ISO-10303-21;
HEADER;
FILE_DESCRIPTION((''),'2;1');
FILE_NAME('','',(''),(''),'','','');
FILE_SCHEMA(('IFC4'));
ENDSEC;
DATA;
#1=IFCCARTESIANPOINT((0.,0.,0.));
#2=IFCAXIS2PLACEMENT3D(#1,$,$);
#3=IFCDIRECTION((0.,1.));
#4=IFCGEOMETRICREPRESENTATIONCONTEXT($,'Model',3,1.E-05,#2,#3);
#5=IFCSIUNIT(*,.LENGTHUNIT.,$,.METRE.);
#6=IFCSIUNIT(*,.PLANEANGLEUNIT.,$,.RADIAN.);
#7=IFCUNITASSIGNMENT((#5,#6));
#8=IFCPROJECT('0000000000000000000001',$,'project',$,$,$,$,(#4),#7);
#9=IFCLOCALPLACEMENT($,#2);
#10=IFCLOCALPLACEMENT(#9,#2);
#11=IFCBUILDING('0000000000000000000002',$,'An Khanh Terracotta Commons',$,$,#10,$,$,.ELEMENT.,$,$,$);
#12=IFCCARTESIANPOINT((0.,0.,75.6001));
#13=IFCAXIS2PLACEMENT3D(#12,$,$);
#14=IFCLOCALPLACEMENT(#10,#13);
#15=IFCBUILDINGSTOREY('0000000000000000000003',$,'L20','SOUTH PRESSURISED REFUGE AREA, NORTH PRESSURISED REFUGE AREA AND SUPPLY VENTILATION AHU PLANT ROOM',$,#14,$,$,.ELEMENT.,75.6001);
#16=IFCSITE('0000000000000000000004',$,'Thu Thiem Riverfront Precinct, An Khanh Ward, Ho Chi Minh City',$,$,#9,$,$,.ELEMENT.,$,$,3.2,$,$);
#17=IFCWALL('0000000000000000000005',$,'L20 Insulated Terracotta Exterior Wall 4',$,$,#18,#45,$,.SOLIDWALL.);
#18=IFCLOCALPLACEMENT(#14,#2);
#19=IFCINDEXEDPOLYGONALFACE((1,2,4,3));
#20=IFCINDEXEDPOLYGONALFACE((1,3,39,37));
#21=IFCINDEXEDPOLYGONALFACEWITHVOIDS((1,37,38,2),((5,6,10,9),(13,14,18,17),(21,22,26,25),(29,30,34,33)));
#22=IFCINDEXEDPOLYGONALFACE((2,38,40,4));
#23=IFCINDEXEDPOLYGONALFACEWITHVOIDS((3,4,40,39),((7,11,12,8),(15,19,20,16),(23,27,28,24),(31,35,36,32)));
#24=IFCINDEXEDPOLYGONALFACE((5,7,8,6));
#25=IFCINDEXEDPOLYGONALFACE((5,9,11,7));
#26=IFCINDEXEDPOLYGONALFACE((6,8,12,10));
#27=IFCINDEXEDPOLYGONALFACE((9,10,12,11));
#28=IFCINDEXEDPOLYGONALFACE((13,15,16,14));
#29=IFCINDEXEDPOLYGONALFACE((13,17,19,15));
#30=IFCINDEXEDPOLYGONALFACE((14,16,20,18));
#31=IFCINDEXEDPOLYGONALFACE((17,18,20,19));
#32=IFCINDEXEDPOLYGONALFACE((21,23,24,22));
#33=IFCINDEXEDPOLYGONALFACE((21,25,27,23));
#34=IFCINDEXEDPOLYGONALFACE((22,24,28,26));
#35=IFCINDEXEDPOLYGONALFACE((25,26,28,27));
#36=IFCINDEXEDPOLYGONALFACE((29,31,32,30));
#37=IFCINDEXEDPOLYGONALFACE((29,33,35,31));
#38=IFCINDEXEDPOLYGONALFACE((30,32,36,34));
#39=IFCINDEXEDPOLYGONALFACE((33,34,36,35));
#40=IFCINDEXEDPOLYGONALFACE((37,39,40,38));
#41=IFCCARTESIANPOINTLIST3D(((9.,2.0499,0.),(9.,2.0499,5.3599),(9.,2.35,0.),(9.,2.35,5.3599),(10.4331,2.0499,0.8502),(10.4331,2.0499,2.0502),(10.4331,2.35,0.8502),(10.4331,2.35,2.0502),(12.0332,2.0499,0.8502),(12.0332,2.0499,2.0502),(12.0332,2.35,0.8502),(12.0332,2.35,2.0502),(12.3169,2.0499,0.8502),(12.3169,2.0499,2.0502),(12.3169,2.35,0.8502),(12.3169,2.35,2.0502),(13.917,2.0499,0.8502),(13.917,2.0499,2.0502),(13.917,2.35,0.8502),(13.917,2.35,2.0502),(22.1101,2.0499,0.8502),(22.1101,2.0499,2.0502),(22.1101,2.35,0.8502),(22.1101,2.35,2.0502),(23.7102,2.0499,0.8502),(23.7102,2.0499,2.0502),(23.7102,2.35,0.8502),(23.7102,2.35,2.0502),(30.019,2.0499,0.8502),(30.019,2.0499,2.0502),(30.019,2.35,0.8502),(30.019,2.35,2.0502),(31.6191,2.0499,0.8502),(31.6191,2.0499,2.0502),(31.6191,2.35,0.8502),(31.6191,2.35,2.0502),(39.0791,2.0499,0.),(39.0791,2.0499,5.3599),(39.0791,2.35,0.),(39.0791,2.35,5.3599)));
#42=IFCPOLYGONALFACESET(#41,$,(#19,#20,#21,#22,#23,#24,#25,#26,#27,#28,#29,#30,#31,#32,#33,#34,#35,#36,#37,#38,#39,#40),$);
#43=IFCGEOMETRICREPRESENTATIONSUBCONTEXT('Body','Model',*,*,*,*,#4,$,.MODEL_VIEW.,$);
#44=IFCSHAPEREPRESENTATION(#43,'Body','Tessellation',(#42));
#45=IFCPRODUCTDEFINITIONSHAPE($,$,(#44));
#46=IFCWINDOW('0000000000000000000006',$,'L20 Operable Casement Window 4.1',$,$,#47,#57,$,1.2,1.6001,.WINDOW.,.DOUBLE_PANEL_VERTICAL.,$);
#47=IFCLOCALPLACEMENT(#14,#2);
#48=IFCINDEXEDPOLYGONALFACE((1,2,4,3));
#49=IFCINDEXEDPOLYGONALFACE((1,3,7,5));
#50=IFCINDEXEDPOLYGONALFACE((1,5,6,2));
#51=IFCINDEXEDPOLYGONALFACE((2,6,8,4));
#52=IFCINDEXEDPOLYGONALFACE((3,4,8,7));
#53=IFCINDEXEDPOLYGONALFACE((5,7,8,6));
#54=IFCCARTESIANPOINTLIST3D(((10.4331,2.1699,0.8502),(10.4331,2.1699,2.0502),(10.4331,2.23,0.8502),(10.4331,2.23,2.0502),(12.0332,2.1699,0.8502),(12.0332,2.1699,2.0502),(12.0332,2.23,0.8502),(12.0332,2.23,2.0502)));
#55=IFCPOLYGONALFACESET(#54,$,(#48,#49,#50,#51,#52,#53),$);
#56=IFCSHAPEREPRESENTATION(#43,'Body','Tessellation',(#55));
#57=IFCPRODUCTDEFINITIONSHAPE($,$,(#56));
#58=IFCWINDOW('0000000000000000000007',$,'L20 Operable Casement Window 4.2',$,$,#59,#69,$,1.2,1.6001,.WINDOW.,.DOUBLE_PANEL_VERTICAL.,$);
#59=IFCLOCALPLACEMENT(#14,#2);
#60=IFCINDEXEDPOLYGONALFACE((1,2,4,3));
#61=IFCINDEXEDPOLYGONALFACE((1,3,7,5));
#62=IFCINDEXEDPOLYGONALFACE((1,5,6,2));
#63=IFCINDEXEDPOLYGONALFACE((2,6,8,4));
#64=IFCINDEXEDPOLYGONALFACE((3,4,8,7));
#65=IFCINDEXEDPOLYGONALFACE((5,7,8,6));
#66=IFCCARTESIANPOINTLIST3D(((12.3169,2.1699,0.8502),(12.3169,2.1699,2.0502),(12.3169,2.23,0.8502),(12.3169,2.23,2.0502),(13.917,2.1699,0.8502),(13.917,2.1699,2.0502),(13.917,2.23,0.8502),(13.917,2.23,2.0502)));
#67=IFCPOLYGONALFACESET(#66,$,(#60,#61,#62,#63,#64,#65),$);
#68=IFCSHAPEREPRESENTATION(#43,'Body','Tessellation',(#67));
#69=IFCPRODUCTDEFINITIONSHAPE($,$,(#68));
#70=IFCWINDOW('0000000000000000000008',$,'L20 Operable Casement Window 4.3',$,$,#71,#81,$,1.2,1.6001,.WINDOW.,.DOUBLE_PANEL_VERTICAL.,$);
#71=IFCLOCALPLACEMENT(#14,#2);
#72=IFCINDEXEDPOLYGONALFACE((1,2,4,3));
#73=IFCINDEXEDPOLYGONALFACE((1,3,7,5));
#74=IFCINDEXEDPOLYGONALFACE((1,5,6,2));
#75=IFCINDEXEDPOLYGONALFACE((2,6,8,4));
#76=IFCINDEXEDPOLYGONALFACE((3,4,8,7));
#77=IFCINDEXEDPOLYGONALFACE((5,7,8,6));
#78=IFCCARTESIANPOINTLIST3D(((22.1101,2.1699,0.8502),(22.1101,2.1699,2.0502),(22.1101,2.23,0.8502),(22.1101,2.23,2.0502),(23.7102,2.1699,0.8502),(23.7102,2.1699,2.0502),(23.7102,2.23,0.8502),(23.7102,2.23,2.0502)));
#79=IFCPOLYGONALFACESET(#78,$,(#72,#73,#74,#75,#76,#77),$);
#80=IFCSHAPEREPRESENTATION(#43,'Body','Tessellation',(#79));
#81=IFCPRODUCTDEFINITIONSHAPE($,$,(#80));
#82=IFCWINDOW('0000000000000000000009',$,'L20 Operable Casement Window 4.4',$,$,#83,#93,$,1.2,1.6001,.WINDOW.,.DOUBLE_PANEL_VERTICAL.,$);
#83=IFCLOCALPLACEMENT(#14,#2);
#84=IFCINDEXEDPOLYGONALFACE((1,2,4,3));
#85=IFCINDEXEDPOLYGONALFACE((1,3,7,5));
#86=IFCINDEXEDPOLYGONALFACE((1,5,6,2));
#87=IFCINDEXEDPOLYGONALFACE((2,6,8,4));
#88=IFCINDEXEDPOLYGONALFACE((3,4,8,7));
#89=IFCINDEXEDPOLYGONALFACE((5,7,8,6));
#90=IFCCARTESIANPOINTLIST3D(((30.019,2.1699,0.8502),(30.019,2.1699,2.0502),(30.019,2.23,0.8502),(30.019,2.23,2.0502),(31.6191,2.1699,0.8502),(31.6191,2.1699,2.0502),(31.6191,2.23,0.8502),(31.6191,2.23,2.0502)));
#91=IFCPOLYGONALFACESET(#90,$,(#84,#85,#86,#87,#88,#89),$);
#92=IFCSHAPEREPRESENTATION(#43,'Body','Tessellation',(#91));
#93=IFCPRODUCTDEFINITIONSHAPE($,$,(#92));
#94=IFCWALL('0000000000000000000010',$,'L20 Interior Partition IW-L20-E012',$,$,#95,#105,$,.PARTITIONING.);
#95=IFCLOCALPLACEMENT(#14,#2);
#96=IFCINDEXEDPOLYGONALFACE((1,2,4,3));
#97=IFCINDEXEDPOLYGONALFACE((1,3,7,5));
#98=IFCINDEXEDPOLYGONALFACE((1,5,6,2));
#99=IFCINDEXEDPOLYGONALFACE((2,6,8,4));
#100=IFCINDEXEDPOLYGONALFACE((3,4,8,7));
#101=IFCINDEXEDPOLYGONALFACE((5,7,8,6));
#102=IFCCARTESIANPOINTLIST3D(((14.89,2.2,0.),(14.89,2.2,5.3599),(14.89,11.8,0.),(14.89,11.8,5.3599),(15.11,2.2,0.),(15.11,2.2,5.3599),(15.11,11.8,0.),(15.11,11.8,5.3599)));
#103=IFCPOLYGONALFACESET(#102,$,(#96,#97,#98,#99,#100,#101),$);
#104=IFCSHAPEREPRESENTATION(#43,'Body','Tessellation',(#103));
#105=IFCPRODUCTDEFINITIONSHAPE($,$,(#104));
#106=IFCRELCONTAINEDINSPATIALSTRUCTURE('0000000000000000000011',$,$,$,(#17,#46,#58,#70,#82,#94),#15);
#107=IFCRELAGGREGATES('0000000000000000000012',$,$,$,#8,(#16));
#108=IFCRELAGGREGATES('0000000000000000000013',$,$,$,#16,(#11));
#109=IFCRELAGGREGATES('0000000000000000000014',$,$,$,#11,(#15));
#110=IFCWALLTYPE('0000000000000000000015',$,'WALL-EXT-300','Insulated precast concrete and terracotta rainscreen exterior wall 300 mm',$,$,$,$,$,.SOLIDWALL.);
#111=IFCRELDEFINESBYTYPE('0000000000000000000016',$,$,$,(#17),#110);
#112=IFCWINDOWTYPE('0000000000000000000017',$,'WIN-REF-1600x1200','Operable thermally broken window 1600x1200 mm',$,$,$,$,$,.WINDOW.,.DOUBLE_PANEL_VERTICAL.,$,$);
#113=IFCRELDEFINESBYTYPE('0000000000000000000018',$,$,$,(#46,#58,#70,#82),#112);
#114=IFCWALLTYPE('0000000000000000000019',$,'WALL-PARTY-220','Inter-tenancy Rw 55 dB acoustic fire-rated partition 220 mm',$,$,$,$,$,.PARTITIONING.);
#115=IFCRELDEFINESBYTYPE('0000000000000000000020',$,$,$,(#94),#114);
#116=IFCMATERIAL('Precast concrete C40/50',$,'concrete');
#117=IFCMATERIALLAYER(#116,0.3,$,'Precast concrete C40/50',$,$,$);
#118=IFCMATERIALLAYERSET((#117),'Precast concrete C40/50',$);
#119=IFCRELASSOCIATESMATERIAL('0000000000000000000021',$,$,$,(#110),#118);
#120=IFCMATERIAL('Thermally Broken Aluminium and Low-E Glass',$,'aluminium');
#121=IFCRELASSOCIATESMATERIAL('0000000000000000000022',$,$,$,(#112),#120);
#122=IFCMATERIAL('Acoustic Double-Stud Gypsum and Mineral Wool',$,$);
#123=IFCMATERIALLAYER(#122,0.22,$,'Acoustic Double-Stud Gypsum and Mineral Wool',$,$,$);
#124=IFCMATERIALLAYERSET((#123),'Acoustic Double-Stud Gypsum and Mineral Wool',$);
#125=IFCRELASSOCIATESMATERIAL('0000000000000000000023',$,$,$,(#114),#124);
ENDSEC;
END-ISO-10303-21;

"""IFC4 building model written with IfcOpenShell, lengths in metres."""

from ifc_helpers import new_model, si_unit, direction, frame, frame_2d, origin, place, context, subcontext, project, spatial, rectangle, extrude, material, layer, layer_set, type_object, element, fill, save


model = new_model("IFC4")

# Units and contexts
model_context = context("Model", 3, precision=1e-05, world=origin(), true_north=direction((0.0, 1.0)))
body_context = subcontext(model_context, "Body", "Model", "MODEL_VIEW")
ifc_project = project(units=[si_unit("LENGTHUNIT", "METRE"), si_unit("PLANEANGLEUNIT", "RADIAN")], contexts=[model_context])

# Site, building, storey
site_placement = place(None, origin())
site = spatial("IfcSite", under=ifc_project, at=site_placement, Name="Thu Thiem Riverfront Precinct, An Khanh Ward, Ho Chi Minh City", CompositionType="ELEMENT", RefElevation=3.2)
building_placement = place(site_placement, origin())
building = spatial("IfcBuilding", under=site, at=building_placement, Name="An Khanh Terracotta Commons", CompositionType="ELEMENT")
storey_placement = place(building_placement, frame((0.0, 0.0, 75.6001)))
storey = spatial("IfcBuildingStorey", under=building, at=storey_placement, Name="L20", Description="SOUTH PRESSURISED REFUGE AREA, NORTH PRESSURISED REFUGE AREA AND SUPPLY VENTILATION AHU PLANT ROOM", CompositionType="ELEMENT", Elevation=75.6001)

# Shared definitions
ifc_material_1 = material(Name="Precast concrete C40/50", Category="concrete")

# Shared definitions
ifc_layer_1 = layer(ifc_material_1, 0.3, Name="Precast concrete C40/50")
ifc_layer_set_1 = layer_set([ifc_layer_1], Name="Precast concrete C40/50")
wall_type_1 = type_object("IfcWallType", Name="WALL-EXT-300", Description="Insulated precast concrete and terracotta rainscreen exterior wall 300 mm", PredefinedType="SOLIDWALL", material=ifc_layer_set_1)

# Wall, openings, windows
wall_1_placement = place(storey_placement, frame((9.0, 2.2, 0.0), z_axis=(0.0, 0.0, 1.0), x_axis=(1.0, 0.0, 0.0)))
wall_1 = element("IfcWall", 1, at=wall_1_placement, inside=storey, type_object=wall_type_1, Name="L20 Insulated Terracotta Exterior Wall 4", PredefinedType="SOLIDWALL", context=body_context, shape_type="SweptSolid", body=[
    extrude(rectangle(XDim=30.0791, YDim=0.3, at=frame_2d((15.0396, 0.0))), origin(), (0.0, 0.0, 1.0), 5.3599),
])
opening_1_placement = place(wall_1_placement, frame((1.4331, 0.0, 0.8501)))
opening_1 = element("IfcOpeningElement", 2, at=opening_1_placement, cuts=wall_1, PredefinedType="OPENING", context=body_context, shape_type="SweptSolid", body=[
    extrude(rectangle(XDim=1.6001, YDim=1.2, at=frame_2d((0.8, 0.6001))), frame((0.0, 0.1599, 0.0), z_axis=(0.0, -1.0, 0.0), x_axis=(1.0, 0.0, 0.0)), (0.0, 0.0, 1.0), 0.3201),
])
opening_2_placement = place(wall_1_placement, frame((3.3169, 0.0, 0.8501)))
opening_2 = element("IfcOpeningElement", 3, at=opening_2_placement, cuts=wall_1, PredefinedType="OPENING", context=body_context, shape_type="SweptSolid", body=[
    extrude(rectangle(XDim=1.6001, YDim=1.2, at=frame_2d((0.8, 0.6001))), frame((0.0, 0.1599, 0.0), z_axis=(0.0, -1.0, 0.0), x_axis=(1.0, 0.0, 0.0)), (0.0, 0.0, 1.0), 0.3201),
])
opening_3_placement = place(wall_1_placement, frame((13.1101, 0.0, 0.8501)))
opening_3 = element("IfcOpeningElement", 4, at=opening_3_placement, cuts=wall_1, PredefinedType="OPENING", context=body_context, shape_type="SweptSolid", body=[
    extrude(rectangle(XDim=1.6001, YDim=1.2, at=frame_2d((0.8, 0.6001))), frame((0.0, 0.1599, 0.0), z_axis=(0.0, -1.0, 0.0), x_axis=(1.0, 0.0, 0.0)), (0.0, 0.0, 1.0), 0.3201),
])
opening_4_placement = place(wall_1_placement, frame((21.019, 0.0, 0.8501)))
opening_4 = element("IfcOpeningElement", 5, at=opening_4_placement, cuts=wall_1, PredefinedType="OPENING", context=body_context, shape_type="SweptSolid", body=[
    extrude(rectangle(XDim=1.6001, YDim=1.2, at=frame_2d((0.8, 0.6001))), frame((0.0, 0.1599, 0.0), z_axis=(0.0, -1.0, 0.0), x_axis=(1.0, 0.0, 0.0)), (0.0, 0.0, 1.0), 0.3201),
])
ifc_material_2 = material(Name="Thermally Broken Aluminium and Low-E Glass", Category="aluminium")
window_type = type_object("IfcWindowType", Name="WIN-REF-1600x1200", Description="Operable thermally broken window 1600x1200 mm", PartitioningType="DOUBLE_PANEL_VERTICAL", PredefinedType="WINDOW", material=ifc_material_2)
window_1_placement = place(opening_1_placement, origin())
window_1 = element("IfcWindow", 6, at=window_1_placement, inside=storey, type_object=window_type, Name="L20 Operable Casement Window 4.1", OverallHeight=1.2, OverallWidth=1.6001, PartitioningType="DOUBLE_PANEL_VERTICAL", PredefinedType="WINDOW", context=body_context, shape_type="SweptSolid", body=[
    extrude(rectangle(XDim=1.6001, YDim=1.2, at=frame_2d((0.8, 0.6001))), frame((0.0, 0.03, 0.0), z_axis=(0.0, -1.0, 0.0), x_axis=(1.0, 0.0, 0.0)), (0.0, 0.0, 1.0), 0.0601),
])
fill(opening_1, window_1)
window_2_placement = place(opening_2_placement, origin())
window_2 = element("IfcWindow", 7, at=window_2_placement, inside=storey, type_object=window_type, Name="L20 Operable Casement Window 4.2", OverallHeight=1.2, OverallWidth=1.6001, PartitioningType="DOUBLE_PANEL_VERTICAL", PredefinedType="WINDOW", context=body_context, shape_type="SweptSolid", body=[
    extrude(rectangle(XDim=1.6001, YDim=1.2, at=frame_2d((0.8, 0.6001))), frame((0.0, 0.03, 0.0), z_axis=(0.0, -1.0, 0.0), x_axis=(1.0, 0.0, 0.0)), (0.0, 0.0, 1.0), 0.0601),
])
fill(opening_2, window_2)
window_3_placement = place(opening_3_placement, origin())
window_3 = element("IfcWindow", 8, at=window_3_placement, inside=storey, type_object=window_type, Name="L20 Operable Casement Window 4.3", OverallHeight=1.2, OverallWidth=1.6001, PartitioningType="DOUBLE_PANEL_VERTICAL", PredefinedType="WINDOW", context=body_context, shape_type="SweptSolid", body=[
    extrude(rectangle(XDim=1.6001, YDim=1.2, at=frame_2d((0.8, 0.6001))), frame((0.0, 0.03, 0.0), z_axis=(0.0, -1.0, 0.0), x_axis=(1.0, 0.0, 0.0)), (0.0, 0.0, 1.0), 0.0601),
])
fill(opening_3, window_3)
window_4_placement = place(opening_4_placement, origin())
window_4 = element("IfcWindow", 9, at=window_4_placement, inside=storey, type_object=window_type, Name="L20 Operable Casement Window 4.4", OverallHeight=1.2, OverallWidth=1.6001, PartitioningType="DOUBLE_PANEL_VERTICAL", PredefinedType="WINDOW", context=body_context, shape_type="SweptSolid", body=[
    extrude(rectangle(XDim=1.6001, YDim=1.2, at=frame_2d((0.8, 0.6001))), frame((0.0, 0.03, 0.0), z_axis=(0.0, -1.0, 0.0), x_axis=(1.0, 0.0, 0.0)), (0.0, 0.0, 1.0), 0.0601),
])
fill(opening_4, window_4)

# Wall
ifc_material_3 = material(Name="Acoustic Double-Stud Gypsum and Mineral Wool")
ifc_layer_2 = layer(ifc_material_3, 0.22, Name="Acoustic Double-Stud Gypsum and Mineral Wool")
ifc_layer_set_2 = layer_set([ifc_layer_2], Name="Acoustic Double-Stud Gypsum and Mineral Wool")
wall_type_2 = type_object("IfcWallType", Name="WALL-PARTY-220", Description="Inter-tenancy Rw 55 dB acoustic fire-rated partition 220 mm", PredefinedType="PARTITIONING", material=ifc_layer_set_2)
wall_2_placement = place(storey_placement, frame((15.0, 2.2, 0.0), z_axis=(0.0, 0.0, 1.0), x_axis=(0.0, 1.0, 0.0)))
element("IfcWall", 10, at=wall_2_placement, inside=storey, type_object=wall_type_2, Name="L20 Interior Partition IW-L20-E012", PredefinedType="PARTITIONING", context=body_context, shape_type="SweptSolid", body=[
    extrude(rectangle(XDim=9.6001, YDim=0.22, at=frame_2d((4.8, 0.0))), origin(), (0.0, 0.0, 1.0), 5.3599),
])

save(model, "model.ifc")
